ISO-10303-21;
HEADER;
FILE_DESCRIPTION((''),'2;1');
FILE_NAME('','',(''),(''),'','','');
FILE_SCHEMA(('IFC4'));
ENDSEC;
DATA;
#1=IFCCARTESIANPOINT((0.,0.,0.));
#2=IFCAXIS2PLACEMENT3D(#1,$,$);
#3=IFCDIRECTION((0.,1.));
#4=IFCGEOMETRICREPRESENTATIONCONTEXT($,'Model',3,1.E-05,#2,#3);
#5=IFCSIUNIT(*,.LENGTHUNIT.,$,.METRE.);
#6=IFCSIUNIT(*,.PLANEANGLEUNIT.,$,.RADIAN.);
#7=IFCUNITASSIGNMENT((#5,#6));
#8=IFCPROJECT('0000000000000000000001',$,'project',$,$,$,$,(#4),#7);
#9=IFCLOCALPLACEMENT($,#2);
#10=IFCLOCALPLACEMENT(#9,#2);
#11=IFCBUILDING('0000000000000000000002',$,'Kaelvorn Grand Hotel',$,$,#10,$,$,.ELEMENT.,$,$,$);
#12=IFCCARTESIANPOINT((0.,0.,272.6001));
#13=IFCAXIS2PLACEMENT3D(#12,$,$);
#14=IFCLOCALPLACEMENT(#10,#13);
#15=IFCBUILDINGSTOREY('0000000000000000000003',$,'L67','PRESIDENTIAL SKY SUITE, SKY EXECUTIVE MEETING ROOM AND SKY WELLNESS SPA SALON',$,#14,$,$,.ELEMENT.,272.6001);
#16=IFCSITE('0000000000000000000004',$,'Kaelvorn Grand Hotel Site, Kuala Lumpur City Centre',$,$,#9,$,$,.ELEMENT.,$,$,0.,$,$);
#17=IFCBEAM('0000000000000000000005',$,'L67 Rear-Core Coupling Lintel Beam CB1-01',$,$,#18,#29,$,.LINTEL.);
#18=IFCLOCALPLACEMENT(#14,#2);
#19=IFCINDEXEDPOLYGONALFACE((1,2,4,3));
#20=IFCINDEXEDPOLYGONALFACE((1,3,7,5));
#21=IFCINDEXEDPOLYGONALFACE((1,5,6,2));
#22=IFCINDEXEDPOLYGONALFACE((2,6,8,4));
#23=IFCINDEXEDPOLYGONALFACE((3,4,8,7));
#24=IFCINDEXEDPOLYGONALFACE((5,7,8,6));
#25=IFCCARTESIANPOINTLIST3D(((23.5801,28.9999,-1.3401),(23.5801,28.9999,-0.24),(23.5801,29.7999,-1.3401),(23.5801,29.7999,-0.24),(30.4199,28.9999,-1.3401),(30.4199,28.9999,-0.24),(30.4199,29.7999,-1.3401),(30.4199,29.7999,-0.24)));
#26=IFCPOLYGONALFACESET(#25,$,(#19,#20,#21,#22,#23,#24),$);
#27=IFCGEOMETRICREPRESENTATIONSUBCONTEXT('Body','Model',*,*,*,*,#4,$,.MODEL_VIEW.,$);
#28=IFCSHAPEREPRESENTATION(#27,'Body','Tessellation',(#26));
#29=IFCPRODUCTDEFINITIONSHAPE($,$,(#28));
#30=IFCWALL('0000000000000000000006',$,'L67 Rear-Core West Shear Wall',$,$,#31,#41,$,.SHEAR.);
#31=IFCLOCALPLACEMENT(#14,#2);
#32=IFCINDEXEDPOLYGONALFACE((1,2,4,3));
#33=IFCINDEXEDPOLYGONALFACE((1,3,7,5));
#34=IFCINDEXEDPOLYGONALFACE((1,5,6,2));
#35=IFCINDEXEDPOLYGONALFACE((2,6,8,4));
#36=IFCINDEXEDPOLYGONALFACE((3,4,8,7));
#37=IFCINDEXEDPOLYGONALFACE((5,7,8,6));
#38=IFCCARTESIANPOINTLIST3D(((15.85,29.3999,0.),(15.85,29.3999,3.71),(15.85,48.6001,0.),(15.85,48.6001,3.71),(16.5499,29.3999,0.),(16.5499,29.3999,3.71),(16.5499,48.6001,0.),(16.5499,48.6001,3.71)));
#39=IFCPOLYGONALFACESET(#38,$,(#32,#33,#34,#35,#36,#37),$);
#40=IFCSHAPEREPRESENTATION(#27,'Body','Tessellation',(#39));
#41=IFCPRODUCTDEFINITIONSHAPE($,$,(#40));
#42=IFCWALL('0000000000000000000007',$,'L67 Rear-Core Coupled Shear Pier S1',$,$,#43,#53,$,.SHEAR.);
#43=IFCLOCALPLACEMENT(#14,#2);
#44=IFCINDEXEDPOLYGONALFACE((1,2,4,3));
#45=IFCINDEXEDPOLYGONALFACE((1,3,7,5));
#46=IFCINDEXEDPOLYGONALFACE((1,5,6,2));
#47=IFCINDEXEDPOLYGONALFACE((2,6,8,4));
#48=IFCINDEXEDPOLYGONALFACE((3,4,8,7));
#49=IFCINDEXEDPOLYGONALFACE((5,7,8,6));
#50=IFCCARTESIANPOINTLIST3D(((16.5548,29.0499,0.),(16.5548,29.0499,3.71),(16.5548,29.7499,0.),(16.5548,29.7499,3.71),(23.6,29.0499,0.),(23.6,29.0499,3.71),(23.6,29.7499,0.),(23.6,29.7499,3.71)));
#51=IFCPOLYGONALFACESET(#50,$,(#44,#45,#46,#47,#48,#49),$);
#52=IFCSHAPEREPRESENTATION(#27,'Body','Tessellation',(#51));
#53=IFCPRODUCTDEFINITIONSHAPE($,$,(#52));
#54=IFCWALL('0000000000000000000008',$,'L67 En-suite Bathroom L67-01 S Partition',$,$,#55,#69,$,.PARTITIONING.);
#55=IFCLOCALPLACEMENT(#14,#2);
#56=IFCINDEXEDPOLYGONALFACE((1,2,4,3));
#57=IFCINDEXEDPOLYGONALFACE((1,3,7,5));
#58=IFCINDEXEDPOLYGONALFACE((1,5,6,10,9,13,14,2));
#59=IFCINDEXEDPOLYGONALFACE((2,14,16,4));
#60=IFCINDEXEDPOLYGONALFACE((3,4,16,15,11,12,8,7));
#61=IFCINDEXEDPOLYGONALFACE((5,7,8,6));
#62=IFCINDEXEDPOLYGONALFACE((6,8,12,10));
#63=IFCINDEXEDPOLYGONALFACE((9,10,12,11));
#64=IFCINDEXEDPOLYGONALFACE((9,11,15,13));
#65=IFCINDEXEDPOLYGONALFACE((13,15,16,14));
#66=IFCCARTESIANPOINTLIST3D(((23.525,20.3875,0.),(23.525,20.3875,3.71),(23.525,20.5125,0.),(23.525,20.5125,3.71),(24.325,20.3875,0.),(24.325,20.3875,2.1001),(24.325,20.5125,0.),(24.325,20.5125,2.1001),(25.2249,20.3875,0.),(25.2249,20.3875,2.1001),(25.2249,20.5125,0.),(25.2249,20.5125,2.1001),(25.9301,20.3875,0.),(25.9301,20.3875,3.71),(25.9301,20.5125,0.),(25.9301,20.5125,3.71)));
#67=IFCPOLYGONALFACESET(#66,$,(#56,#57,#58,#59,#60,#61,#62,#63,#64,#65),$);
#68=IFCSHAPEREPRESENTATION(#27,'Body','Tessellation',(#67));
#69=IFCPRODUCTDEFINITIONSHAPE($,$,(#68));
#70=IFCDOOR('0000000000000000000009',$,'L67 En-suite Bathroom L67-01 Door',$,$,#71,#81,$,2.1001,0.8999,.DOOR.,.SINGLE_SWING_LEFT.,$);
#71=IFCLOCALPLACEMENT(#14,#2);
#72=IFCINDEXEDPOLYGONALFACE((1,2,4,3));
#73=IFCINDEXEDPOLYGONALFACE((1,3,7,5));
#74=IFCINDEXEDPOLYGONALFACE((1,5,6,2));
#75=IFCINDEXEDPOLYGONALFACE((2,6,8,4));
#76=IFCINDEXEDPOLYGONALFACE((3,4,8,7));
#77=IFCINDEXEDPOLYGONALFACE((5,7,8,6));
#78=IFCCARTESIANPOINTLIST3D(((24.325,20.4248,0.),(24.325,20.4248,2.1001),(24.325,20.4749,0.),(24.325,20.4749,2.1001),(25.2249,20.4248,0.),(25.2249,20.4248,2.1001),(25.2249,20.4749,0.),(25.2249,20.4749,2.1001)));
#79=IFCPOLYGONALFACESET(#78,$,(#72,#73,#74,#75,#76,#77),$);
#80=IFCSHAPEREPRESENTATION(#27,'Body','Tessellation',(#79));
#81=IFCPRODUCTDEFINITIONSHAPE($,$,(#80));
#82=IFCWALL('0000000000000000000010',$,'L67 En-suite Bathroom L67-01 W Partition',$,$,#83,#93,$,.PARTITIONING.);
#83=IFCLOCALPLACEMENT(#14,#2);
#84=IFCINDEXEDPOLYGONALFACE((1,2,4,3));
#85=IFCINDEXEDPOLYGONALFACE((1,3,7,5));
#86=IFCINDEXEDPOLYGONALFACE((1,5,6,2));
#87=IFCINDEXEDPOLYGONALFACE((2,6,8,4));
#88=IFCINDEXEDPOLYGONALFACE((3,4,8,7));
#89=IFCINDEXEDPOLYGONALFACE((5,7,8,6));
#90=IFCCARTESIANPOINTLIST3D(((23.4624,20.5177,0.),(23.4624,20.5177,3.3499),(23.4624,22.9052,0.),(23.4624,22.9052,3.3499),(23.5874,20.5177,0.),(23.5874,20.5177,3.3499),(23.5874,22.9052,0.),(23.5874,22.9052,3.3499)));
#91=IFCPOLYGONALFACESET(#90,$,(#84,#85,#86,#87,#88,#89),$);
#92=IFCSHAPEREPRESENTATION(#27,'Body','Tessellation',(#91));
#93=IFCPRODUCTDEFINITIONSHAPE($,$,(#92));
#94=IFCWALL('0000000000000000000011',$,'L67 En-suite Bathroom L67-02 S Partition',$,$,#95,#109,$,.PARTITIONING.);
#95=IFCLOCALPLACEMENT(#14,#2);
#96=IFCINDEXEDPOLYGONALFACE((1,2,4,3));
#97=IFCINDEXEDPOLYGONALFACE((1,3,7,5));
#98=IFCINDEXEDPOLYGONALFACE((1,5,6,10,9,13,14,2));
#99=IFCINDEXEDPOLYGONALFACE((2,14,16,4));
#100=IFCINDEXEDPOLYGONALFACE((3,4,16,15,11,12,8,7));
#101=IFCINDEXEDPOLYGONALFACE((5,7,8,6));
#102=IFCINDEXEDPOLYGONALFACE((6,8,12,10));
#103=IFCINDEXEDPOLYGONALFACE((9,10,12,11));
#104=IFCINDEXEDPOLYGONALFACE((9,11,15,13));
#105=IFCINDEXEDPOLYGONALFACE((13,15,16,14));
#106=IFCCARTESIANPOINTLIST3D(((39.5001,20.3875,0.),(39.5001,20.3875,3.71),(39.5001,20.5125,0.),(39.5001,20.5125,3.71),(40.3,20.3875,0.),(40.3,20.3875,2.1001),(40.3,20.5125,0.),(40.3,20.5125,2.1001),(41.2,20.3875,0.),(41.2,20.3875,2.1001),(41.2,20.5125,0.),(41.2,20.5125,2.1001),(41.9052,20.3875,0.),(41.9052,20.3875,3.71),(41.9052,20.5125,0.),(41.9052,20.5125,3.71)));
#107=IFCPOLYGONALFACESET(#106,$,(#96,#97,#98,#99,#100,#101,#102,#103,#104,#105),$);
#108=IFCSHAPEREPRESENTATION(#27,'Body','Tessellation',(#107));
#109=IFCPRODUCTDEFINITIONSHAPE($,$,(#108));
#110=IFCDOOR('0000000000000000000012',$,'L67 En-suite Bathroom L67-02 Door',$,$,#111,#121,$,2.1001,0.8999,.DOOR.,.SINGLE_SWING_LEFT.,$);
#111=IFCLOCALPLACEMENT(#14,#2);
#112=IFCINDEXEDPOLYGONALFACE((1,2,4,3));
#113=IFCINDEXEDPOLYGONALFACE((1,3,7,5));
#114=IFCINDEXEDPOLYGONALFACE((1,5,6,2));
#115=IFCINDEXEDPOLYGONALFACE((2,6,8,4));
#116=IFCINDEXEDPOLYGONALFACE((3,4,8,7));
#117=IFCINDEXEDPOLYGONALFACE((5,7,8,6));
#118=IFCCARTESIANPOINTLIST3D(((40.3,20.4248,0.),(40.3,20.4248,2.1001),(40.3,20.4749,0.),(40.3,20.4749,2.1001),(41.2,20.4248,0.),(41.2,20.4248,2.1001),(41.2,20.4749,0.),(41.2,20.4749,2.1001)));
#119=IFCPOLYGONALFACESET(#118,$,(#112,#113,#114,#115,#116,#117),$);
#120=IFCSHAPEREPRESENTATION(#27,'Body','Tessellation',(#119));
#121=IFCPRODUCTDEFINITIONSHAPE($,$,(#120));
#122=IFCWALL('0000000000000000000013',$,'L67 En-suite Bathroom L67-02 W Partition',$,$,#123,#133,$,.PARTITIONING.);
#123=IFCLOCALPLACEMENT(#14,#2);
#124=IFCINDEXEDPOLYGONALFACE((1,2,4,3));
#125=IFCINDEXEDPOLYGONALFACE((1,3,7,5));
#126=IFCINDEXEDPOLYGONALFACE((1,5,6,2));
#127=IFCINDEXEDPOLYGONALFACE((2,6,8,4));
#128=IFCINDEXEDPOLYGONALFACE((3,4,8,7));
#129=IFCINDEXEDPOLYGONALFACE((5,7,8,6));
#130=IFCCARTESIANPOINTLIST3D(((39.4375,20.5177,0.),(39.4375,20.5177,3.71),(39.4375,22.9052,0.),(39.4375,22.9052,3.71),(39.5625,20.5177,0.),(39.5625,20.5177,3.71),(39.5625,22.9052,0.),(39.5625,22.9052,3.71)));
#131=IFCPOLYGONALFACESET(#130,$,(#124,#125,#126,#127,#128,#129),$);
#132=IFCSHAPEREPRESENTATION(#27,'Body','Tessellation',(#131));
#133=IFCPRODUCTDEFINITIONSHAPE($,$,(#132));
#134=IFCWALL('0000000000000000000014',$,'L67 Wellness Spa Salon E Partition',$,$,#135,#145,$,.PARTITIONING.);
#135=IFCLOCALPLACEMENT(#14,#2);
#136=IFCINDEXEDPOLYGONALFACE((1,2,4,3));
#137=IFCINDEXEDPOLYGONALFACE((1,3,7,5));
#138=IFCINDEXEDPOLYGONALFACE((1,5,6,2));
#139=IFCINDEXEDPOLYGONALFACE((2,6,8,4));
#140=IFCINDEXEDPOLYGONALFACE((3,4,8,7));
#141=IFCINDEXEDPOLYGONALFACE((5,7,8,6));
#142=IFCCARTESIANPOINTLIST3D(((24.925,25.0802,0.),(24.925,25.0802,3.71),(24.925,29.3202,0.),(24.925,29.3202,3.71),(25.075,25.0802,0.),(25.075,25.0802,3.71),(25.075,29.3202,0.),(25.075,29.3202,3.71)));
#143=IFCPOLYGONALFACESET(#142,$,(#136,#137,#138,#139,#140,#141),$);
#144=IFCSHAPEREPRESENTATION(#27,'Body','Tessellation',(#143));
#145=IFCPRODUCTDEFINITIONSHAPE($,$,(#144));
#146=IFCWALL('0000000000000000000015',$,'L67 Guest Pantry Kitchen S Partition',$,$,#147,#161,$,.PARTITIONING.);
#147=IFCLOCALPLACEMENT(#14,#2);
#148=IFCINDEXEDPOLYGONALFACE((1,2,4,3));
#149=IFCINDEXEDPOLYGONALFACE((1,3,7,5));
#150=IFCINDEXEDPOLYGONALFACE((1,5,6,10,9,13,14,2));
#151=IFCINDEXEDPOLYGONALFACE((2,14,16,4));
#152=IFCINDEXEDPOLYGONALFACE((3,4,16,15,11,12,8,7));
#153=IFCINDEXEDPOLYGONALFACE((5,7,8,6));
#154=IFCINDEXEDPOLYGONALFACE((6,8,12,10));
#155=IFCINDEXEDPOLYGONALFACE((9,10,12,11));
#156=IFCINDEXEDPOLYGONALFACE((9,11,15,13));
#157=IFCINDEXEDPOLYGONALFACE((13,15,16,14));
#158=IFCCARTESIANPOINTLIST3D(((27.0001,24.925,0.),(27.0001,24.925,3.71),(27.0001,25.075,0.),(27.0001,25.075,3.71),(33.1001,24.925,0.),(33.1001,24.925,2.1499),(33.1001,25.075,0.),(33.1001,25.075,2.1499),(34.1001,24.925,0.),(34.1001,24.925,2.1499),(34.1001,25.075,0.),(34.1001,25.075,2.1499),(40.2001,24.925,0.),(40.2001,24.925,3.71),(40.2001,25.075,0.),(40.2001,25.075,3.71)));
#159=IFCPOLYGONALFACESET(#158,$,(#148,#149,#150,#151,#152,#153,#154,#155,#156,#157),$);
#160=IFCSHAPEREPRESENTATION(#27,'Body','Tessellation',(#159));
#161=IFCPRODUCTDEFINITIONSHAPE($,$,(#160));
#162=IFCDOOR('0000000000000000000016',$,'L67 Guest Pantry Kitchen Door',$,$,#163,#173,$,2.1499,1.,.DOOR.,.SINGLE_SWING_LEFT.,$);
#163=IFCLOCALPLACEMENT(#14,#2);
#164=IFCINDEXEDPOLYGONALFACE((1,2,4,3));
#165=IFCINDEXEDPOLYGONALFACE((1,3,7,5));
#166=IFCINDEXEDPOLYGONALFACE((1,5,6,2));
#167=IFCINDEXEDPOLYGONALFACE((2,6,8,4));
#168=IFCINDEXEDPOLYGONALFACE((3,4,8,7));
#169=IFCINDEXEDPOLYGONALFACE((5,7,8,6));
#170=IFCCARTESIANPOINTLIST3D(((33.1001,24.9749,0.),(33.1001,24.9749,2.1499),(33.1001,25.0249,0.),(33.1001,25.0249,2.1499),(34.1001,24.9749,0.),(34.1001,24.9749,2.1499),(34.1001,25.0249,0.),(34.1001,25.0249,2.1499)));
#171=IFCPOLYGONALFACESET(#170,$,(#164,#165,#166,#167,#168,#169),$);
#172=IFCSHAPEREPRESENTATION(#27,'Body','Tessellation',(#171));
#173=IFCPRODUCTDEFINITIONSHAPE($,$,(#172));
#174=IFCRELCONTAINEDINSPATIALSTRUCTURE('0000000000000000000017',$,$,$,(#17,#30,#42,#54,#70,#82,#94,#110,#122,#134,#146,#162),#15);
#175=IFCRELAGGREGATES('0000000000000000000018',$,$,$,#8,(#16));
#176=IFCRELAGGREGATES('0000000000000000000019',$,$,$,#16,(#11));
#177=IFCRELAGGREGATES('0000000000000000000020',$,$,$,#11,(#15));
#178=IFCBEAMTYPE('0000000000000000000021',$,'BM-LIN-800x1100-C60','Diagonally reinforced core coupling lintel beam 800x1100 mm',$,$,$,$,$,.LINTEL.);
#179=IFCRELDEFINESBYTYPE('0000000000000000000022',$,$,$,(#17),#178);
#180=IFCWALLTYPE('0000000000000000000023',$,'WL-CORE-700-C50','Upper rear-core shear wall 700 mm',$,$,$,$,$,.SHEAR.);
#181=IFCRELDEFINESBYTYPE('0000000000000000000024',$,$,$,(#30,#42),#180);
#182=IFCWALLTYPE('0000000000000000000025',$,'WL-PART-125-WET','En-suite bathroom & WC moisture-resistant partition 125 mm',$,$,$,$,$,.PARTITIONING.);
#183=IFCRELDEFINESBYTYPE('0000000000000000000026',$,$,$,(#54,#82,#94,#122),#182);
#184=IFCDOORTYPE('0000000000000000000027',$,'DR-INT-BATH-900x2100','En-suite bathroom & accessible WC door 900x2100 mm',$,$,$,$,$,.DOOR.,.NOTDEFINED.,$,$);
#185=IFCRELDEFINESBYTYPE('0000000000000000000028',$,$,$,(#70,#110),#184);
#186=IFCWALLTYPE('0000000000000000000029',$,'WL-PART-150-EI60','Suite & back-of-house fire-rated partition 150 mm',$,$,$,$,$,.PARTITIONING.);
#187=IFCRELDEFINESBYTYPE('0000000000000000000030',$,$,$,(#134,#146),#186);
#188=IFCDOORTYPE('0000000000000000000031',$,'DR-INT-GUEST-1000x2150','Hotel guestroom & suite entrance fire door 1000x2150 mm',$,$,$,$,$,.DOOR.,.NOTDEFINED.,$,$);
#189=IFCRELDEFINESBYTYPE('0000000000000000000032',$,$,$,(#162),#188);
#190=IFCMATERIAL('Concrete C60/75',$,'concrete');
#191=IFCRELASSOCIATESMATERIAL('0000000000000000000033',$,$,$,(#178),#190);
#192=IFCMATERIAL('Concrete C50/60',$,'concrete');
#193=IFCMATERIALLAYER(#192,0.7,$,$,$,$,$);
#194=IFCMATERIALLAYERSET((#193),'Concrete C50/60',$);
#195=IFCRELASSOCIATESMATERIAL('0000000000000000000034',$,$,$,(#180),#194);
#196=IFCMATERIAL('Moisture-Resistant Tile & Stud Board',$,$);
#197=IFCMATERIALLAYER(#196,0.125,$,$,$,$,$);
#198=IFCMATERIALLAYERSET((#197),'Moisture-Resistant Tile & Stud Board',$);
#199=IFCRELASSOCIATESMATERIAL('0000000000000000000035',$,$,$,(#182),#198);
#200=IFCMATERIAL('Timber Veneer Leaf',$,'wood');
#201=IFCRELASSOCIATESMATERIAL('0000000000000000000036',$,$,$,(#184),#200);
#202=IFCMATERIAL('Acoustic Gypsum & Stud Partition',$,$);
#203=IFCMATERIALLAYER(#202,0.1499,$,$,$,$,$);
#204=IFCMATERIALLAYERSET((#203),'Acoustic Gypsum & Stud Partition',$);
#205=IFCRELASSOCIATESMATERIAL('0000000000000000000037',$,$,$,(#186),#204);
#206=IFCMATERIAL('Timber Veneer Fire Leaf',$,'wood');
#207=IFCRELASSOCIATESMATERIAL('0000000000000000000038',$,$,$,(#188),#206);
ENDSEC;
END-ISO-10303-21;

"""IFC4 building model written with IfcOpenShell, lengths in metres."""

from ifc_helpers import new_model, si_unit, direction, frame, frame_2d, origin, origin_2d, place, context, subcontext, project, spatial, rectangle, extrude, material, layer, layer_set, material_profile, profile_set, type_object, element, fill, save


model = new_model("IFC4")

# Units and contexts
model_context = context("Model", 3, precision=1e-05, world=origin(), true_north=direction((0.0, 1.0)))
body_context = subcontext(model_context, "Body", "Model", "MODEL_VIEW")
ifc_project = project(units=[si_unit("LENGTHUNIT", "METRE"), si_unit("PLANEANGLEUNIT", "RADIAN")], contexts=[model_context])

# Site, building, storey
site_placement = place(None, origin())
site = spatial("IfcSite", under=ifc_project, at=site_placement, Name="Kaelvorn Grand Hotel Site, Kuala Lumpur City Centre", CompositionType="ELEMENT", RefElevation=0.0)
building_placement = place(site_placement, origin())
building = spatial("IfcBuilding", under=site, at=building_placement, Name="Kaelvorn Grand Hotel", CompositionType="ELEMENT")
storey_placement = place(building_placement, frame((0.0, 0.0, 272.6001)))
storey = spatial("IfcBuildingStorey", under=building, at=storey_placement, Name="L67", Description="PRESIDENTIAL SKY SUITE, SKY EXECUTIVE MEETING ROOM AND SKY WELLNESS SPA SALON", CompositionType="ELEMENT", Elevation=272.6001)

# Shared definitions
ifc_material_1 = material(Name="Concrete C50/60", Category="concrete")

# Beam
ifc_material_2 = material(Name="Concrete C60/75", Category="concrete")
ifc_material_profile_1 = material_profile(ifc_material_2, rectangle(XDim=0.8, YDim=1.1001, at=origin_2d()), Name="RC LINTEL 800x1100")
ifc_profile_set_1 = profile_set([ifc_material_profile_1], Name="Concrete C60/75")
beam_type_1 = type_object("IfcBeamType", Name="BM-LIN-800x1100-C60", Description="Diagonally reinforced core coupling lintel beam 800x1100 mm", PredefinedType="LINTEL", material=ifc_profile_set_1)
beam_1_placement = place(storey_placement, frame((23.5801, 29.3999, -0.79), z_axis=(1.0, 0.0, 0.0), x_axis=(0.0, 1.0, 0.0)))
element("IfcBeam", 1, at=beam_1_placement, inside=storey, type_object=beam_type_1, Name="L67 Rear-Core Coupling Lintel Beam CB1-01", PredefinedType="LINTEL", context=body_context, shape_type="SweptSolid", body=[
    extrude(rectangle(XDim=0.8, YDim=1.1001, at=origin_2d()), origin(), (0.0, 0.0, 1.0), 6.8398),
])

# Walls
ifc_layer_1 = layer(ifc_material_1, 0.7)
ifc_layer_set_1 = layer_set([ifc_layer_1], Name="Concrete C50/60")
wall_type_1 = type_object("IfcWallType", Name="WL-CORE-700-C50", Description="Upper rear-core shear wall 700 mm", PredefinedType="SHEAR", material=ifc_layer_set_1)
wall_1_placement = place(storey_placement, frame((16.2, 29.3999, 0.0), z_axis=(0.0, 0.0, 1.0), x_axis=(0.0, 1.0, 0.0)))
element("IfcWall", 2, at=wall_1_placement, inside=storey, type_object=wall_type_1, Name="L67 Rear-Core West Shear Wall", PredefinedType="SHEAR", context=body_context, shape_type="SweptSolid", body=[
    extrude(rectangle(XDim=19.2002, YDim=0.7, at=frame_2d((9.6001, 0.0))), origin(), (0.0, 0.0, 1.0), 3.71),
])
wall_2_placement = place(storey_placement, frame((16.5549, 29.3999, 0.0), z_axis=(0.0, 0.0, 1.0), x_axis=(1.0, 0.0, 0.0)))
element("IfcWall", 3, at=wall_2_placement, inside=storey, type_object=wall_type_1, Name="L67 Rear-Core Coupled Shear Pier S1", PredefinedType="SHEAR", context=body_context, shape_type="SweptSolid", body=[
    extrude(rectangle(XDim=7.0452, YDim=0.7, at=frame_2d((3.5225, 0.0))), origin(), (0.0, 0.0, 1.0), 3.71),
])

# Wall, opening, door
ifc_material_3 = material(Name="Moisture-Resistant Tile & Stud Board")
ifc_layer_2 = layer(ifc_material_3, 0.125)
ifc_layer_set_2 = layer_set([ifc_layer_2], Name="Moisture-Resistant Tile & Stud Board")
wall_type_2 = type_object("IfcWallType", Name="WL-PART-125-WET", Description="En-suite bathroom & WC moisture-resistant partition 125 mm", PredefinedType="PARTITIONING", material=ifc_layer_set_2)
wall_3_placement = place(storey_placement, frame((23.5249, 20.45, 0.0), z_axis=(0.0, 0.0, 1.0), x_axis=(1.0, 0.0, 0.0)))
wall_3 = element("IfcWall", 4, at=wall_3_placement, inside=storey, type_object=wall_type_2, Name="L67 En-suite Bathroom L67-01 S Partition", PredefinedType="PARTITIONING", context=body_context, shape_type="SweptSolid", body=[
    extrude(rectangle(XDim=2.405, YDim=0.125, at=frame_2d((1.2026, 0.0))), origin(), (0.0, 0.0, 1.0), 3.71),
])
opening_1_placement = place(wall_3_placement, frame((0.8, 0.0, 0.0)))
opening_1 = element("IfcOpeningElement", 5, at=opening_1_placement, cuts=wall_3, PredefinedType="OPENING", context=body_context, shape_type="SweptSolid", body=[
    extrude(rectangle(XDim=0.8999, YDim=2.1001, at=frame_2d((0.45, 1.05))), frame((0.0, 0.0725, 0.0), z_axis=(0.0, -1.0, 0.0), x_axis=(1.0, 0.0, 0.0)), (0.0, 0.0, 1.0), 0.145),
])
ifc_material_4 = material(Name="Timber Veneer Leaf", Category="wood")
door_type_1 = type_object("IfcDoorType", Name="DR-INT-BATH-900x2100", Description="En-suite bathroom & accessible WC door 900x2100 mm", OperationType="NOTDEFINED", PredefinedType="DOOR", material=ifc_material_4)
door_1_placement = place(opening_1_placement, origin())
door_1 = element("IfcDoor", 6, at=door_1_placement, inside=storey, type_object=door_type_1, Name="L67 En-suite Bathroom L67-01 Door", OperationType="SINGLE_SWING_LEFT", OverallHeight=2.1001, OverallWidth=0.8999, PredefinedType="DOOR", context=body_context, shape_type="SweptSolid", body=[
    extrude(rectangle(XDim=0.8999, YDim=2.1001, at=frame_2d((0.45, 1.05))), frame((0.0, 0.0249, 0.0), z_axis=(0.0, -1.0, 0.0), x_axis=(1.0, 0.0, 0.0)), (0.0, 0.0, 1.0), 0.05),
])
fill(opening_1, door_1)

# Wall
wall_4_placement = place(storey_placement, frame((23.5249, 20.5176, 0.0), z_axis=(0.0, 0.0, 1.0), x_axis=(0.0, 1.0, 0.0)))
element("IfcWall", 7, at=wall_4_placement, inside=storey, type_object=wall_type_2, Name="L67 En-suite Bathroom L67-01 W Partition", PredefinedType="PARTITIONING", context=body_context, shape_type="SweptSolid", body=[
    extrude(rectangle(XDim=2.3875, YDim=0.125, at=frame_2d((1.1938, 0.0))), origin(), (0.0, 0.0, 1.0), 3.3499),
])

# Wall, opening, door
wall_5_placement = place(storey_placement, frame((39.5, 20.45, 0.0), z_axis=(0.0, 0.0, 1.0), x_axis=(1.0, 0.0, 0.0)))
wall_5 = element("IfcWall", 8, at=wall_5_placement, inside=storey, type_object=wall_type_2, Name="L67 En-suite Bathroom L67-02 S Partition", PredefinedType="PARTITIONING", context=body_context, shape_type="SweptSolid", body=[
    extrude(rectangle(XDim=2.405, YDim=0.125, at=frame_2d((1.2026, 0.0))), origin(), (0.0, 0.0, 1.0), 3.71),
])
opening_2_placement = place(wall_5_placement, frame((0.8, 0.0, 0.0)))
opening_2 = element("IfcOpeningElement", 9, at=opening_2_placement, cuts=wall_5, PredefinedType="OPENING", context=body_context, shape_type="SweptSolid", body=[
    extrude(rectangle(XDim=0.8999, YDim=2.1001, at=frame_2d((0.45, 1.05))), frame((0.0, 0.0725, 0.0), z_axis=(0.0, -1.0, 0.0), x_axis=(1.0, 0.0, 0.0)), (0.0, 0.0, 1.0), 0.145),
])
door_2_placement = place(opening_2_placement, origin())
door_2 = element("IfcDoor", 10, at=door_2_placement, inside=storey, type_object=door_type_1, Name="L67 En-suite Bathroom L67-02 Door", OperationType="SINGLE_SWING_LEFT", OverallHeight=2.1001, OverallWidth=0.8999, PredefinedType="DOOR", context=body_context, shape_type="SweptSolid", body=[
    extrude(rectangle(XDim=0.8999, YDim=2.1001, at=frame_2d((0.45, 1.05))), frame((0.0, 0.0249, 0.0), z_axis=(0.0, -1.0, 0.0), x_axis=(1.0, 0.0, 0.0)), (0.0, 0.0, 1.0), 0.05),
])
fill(opening_2, door_2)

# Walls
wall_6_placement = place(storey_placement, frame((39.5, 20.5176, 0.0), z_axis=(0.0, 0.0, 1.0), x_axis=(0.0, 1.0, 0.0)))
element("IfcWall", 11, at=wall_6_placement, inside=storey, type_object=wall_type_2, Name="L67 En-suite Bathroom L67-02 W Partition", PredefinedType="PARTITIONING", context=body_context, shape_type="SweptSolid", body=[
    extrude(rectangle(XDim=2.3875, YDim=0.125, at=frame_2d((1.1938, 0.0))), origin(), (0.0, 0.0, 1.0), 3.71),
])
ifc_material_5 = material(Name="Acoustic Gypsum & Stud Partition")
ifc_layer_3 = layer(ifc_material_5, 0.1499)
ifc_layer_set_3 = layer_set([ifc_layer_3], Name="Acoustic Gypsum & Stud Partition")
wall_type_3 = type_object("IfcWallType", Name="WL-PART-150-EI60", Description="Suite & back-of-house fire-rated partition 150 mm", PredefinedType="PARTITIONING", material=ifc_layer_set_3)
wall_7_placement = place(storey_placement, frame((25.0, 25.0801, 0.0), z_axis=(0.0, 0.0, 1.0), x_axis=(0.0, 1.0, 0.0)))
element("IfcWall", 12, at=wall_7_placement, inside=storey, type_object=wall_type_3, Name="L67 Wellness Spa Salon E Partition", PredefinedType="PARTITIONING", context=body_context, shape_type="SweptSolid", body=[
    extrude(rectangle(XDim=4.24, YDim=0.1499, at=frame_2d((2.1201, 0.0))), origin(), (0.0, 0.0, 1.0), 3.71),
])

# Wall, opening, door
wall_8_placement = place(storey_placement, frame((27.0, 25.0, 0.0), z_axis=(0.0, 0.0, 1.0), x_axis=(1.0, 0.0, 0.0)))
wall_8 = element("IfcWall", 13, at=wall_8_placement, inside=storey, type_object=wall_type_3, Name="L67 Guest Pantry Kitchen S Partition", PredefinedType="PARTITIONING", context=body_context, shape_type="SweptSolid", body=[
    extrude(rectangle(XDim=13.2, YDim=0.1499, at=frame_2d((6.6001, 0.0))), origin(), (0.0, 0.0, 1.0), 3.71),
])
opening_3_placement = place(wall_8_placement, frame((6.1001, 0.0, 0.0)))
opening_3 = element("IfcOpeningElement", 14, at=opening_3_placement, cuts=wall_8, PredefinedType="OPENING", context=body_context, shape_type="SweptSolid", body=[
    extrude(rectangle(XDim=1.0, YDim=2.1499, at=frame_2d((0.5, 1.075))), frame((0.0, 0.085, 0.0), z_axis=(0.0, -1.0, 0.0), x_axis=(1.0, 0.0, 0.0)), (0.0, 0.0, 1.0), 0.1699),
])
ifc_material_6 = material(Name="Timber Veneer Fire Leaf", Category="wood")
door_type_2 = type_object("IfcDoorType", Name="DR-INT-GUEST-1000x2150", Description="Hotel guestroom & suite entrance fire door 1000x2150 mm", OperationType="NOTDEFINED", PredefinedType="DOOR", material=ifc_material_6)
door_3_placement = place(opening_3_placement, origin())
door_3 = element("IfcDoor", 15, at=door_3_placement, inside=storey, type_object=door_type_2, Name="L67 Guest Pantry Kitchen Door", OperationType="SINGLE_SWING_LEFT", OverallHeight=2.1499, OverallWidth=1.0, PredefinedType="DOOR", context=body_context, shape_type="SweptSolid", body=[
    extrude(rectangle(XDim=1.0, YDim=2.1499, at=frame_2d((0.5, 1.075))), frame((0.0, 0.0249, 0.0), z_axis=(0.0, -1.0, 0.0), x_axis=(1.0, 0.0, 0.0)), (0.0, 0.0, 1.0), 0.05),
])
fill(opening_3, door_3)

save(model, "model.ifc")
